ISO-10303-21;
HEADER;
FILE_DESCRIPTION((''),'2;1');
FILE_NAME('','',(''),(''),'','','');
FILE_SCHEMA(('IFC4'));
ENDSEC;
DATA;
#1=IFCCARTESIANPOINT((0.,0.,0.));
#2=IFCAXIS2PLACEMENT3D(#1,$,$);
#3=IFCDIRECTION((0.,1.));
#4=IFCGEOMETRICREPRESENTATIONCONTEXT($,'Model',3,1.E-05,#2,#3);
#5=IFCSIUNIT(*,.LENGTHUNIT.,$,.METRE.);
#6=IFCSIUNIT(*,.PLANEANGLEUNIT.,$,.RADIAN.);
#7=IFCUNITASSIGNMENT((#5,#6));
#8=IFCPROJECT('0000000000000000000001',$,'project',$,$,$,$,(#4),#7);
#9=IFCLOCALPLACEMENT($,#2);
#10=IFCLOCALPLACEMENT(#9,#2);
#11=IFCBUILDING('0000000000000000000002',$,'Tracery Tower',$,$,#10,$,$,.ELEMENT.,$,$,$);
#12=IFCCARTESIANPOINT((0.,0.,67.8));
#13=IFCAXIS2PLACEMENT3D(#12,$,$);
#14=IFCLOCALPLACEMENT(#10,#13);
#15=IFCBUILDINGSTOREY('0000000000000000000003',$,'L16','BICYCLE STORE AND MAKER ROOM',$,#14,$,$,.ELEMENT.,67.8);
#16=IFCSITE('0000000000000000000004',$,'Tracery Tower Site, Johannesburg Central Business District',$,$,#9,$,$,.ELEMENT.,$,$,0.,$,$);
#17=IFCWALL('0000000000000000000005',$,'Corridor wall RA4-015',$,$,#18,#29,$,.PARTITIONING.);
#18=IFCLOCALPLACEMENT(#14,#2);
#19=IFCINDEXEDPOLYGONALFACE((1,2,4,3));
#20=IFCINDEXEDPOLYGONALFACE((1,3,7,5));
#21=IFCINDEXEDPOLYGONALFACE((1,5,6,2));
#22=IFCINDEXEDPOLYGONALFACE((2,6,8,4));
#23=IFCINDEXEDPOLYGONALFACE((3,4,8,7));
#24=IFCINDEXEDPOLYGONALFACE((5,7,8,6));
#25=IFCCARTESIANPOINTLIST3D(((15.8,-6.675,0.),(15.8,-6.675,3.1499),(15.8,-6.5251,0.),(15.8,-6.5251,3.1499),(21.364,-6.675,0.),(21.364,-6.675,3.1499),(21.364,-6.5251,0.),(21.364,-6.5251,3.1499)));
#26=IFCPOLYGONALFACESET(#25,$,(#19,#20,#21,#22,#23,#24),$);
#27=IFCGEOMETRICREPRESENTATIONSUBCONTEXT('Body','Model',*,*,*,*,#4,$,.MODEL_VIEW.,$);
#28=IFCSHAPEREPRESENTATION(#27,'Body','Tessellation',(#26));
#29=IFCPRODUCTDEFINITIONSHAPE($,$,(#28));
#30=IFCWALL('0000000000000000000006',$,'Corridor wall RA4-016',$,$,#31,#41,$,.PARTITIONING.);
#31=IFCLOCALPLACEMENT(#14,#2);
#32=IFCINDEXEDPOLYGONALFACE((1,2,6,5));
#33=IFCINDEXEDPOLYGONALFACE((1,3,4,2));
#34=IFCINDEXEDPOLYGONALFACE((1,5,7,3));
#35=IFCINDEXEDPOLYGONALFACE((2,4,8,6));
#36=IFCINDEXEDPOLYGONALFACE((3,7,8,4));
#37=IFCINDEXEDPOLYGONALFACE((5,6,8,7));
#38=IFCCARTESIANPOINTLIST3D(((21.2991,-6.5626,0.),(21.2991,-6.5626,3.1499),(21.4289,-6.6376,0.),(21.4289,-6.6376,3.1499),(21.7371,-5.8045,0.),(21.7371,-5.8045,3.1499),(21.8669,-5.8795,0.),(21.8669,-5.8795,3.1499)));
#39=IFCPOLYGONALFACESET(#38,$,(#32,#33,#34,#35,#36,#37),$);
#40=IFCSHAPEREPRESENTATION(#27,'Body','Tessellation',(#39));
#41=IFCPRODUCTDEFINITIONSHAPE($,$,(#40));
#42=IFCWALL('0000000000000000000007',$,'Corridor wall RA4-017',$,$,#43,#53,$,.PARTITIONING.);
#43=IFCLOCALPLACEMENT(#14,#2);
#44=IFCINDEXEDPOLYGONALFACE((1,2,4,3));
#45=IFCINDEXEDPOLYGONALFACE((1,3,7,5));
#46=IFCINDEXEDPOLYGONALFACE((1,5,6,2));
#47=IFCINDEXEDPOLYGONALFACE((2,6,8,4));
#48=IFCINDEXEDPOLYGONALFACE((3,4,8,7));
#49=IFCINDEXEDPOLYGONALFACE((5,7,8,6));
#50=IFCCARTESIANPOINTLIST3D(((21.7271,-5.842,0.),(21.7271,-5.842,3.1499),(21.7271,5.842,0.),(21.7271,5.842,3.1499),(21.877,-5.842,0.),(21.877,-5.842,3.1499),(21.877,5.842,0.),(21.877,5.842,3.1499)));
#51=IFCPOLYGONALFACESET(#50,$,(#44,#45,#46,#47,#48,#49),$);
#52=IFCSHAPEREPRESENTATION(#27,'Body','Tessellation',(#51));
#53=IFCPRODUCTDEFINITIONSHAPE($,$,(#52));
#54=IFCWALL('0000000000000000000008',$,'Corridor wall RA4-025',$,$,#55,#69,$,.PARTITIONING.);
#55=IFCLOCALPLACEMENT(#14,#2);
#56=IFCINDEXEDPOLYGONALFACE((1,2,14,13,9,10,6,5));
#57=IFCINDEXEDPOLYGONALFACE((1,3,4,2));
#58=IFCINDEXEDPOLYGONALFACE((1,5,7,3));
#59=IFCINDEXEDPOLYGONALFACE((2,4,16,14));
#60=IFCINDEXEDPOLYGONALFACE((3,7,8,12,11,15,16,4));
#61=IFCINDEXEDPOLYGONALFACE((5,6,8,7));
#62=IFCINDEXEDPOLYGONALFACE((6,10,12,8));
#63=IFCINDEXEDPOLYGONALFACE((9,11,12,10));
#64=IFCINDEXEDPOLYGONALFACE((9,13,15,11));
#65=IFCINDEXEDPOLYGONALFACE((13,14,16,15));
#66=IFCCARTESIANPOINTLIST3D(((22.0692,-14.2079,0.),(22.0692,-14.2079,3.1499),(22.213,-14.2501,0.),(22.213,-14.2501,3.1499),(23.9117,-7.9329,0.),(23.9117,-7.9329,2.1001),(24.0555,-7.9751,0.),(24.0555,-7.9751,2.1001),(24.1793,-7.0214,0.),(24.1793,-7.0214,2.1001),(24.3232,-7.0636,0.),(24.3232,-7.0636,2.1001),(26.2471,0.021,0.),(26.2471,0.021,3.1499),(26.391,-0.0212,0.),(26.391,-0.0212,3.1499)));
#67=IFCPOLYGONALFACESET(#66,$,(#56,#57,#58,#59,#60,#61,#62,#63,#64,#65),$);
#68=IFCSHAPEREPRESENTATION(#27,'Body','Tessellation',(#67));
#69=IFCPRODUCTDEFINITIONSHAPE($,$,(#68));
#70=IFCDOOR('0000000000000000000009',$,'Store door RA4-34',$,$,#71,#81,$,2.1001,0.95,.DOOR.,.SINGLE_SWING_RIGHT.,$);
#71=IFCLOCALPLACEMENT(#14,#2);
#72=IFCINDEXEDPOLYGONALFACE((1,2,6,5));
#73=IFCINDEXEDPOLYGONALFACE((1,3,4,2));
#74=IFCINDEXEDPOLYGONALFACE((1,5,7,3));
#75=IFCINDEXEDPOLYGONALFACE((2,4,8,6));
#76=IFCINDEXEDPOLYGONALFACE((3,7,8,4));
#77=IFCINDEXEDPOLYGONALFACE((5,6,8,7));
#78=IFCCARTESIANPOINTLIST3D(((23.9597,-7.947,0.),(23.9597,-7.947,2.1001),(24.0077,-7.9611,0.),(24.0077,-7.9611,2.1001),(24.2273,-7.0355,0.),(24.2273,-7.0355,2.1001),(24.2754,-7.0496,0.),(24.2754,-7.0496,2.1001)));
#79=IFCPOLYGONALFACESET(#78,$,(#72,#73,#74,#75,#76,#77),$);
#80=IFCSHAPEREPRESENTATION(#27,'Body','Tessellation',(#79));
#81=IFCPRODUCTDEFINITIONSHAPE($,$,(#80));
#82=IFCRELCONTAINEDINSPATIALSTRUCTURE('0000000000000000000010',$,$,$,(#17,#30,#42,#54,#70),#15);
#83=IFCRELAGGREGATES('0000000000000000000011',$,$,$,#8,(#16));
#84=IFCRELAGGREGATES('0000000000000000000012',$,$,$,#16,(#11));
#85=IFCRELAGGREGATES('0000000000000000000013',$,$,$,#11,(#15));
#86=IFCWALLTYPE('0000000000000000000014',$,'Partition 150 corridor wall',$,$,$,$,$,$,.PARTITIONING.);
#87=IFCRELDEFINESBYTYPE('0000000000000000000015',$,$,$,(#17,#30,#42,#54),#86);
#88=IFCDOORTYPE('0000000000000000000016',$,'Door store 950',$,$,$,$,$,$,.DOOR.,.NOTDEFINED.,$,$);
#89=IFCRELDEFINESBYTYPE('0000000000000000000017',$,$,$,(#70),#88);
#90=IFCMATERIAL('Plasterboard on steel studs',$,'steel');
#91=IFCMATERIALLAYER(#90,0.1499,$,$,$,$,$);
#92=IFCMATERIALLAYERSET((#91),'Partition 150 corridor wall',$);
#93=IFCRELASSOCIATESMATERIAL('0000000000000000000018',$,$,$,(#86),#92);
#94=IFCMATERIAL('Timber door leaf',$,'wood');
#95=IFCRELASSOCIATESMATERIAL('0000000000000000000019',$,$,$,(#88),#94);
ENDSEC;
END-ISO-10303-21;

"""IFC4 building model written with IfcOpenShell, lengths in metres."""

from ifc_helpers import new_model, si_unit, direction, frame, frame_2d, origin, place, context, subcontext, project, spatial, rectangle, extrude, material, layer, layer_set, type_object, element, fill, save


model = new_model("IFC4")

# Units and contexts
model_context = context("Model", 3, precision=1e-05, world=origin(), true_north=direction((0.0, 1.0)))
body_context = subcontext(model_context, "Body", "Model", "MODEL_VIEW")
ifc_project = project(units=[si_unit("LENGTHUNIT", "METRE"), si_unit("PLANEANGLEUNIT", "RADIAN")], contexts=[model_context])

# Site, building, storey
site_placement = place(None, origin())
site = spatial("IfcSite", under=ifc_project, at=site_placement, Name="Tracery Tower Site, Johannesburg Central Business District", CompositionType="ELEMENT", RefElevation=0.0)
building_placement = place(site_placement, origin())
building = spatial("IfcBuilding", under=site, at=building_placement, Name="Tracery Tower", CompositionType="ELEMENT")
storey_placement = place(building_placement, frame((0.0, 0.0, 67.8)))
storey = spatial("IfcBuildingStorey", under=building, at=storey_placement, Name="L16", Description="BICYCLE STORE AND MAKER ROOM", CompositionType="ELEMENT", Elevation=67.8)

# Shared definitions
ifc_material_1 = material(Name="Plasterboard on steel studs", Category="steel")
ifc_layer_1 = layer(ifc_material_1, 0.1499)
ifc_layer_set_1 = layer_set([ifc_layer_1], Name="Partition 150 corridor wall")
wall_type_1 = type_object("IfcWallType", Name="Partition 150 corridor wall", PredefinedType="PARTITIONING", material=ifc_layer_set_1)

# Shared definitions
ifc_material_2 = material(Name="Timber door leaf", Category="wood")
door_type_1 = type_object("IfcDoorType", Name="Door store 950", OperationType="NOTDEFINED", PredefinedType="DOOR", material=ifc_material_2)

# Walls
wall_1_placement = place(storey_placement, frame((15.8, -6.6001, 0.0), z_axis=(0.0, 0.0, 1.0), x_axis=(1.0, 0.0, 0.0)))
element("IfcWall", 1, at=wall_1_placement, inside=storey, type_object=wall_type_1, Name="Corridor wall RA4-015", PredefinedType="PARTITIONING", context=body_context, shape_type="SweptSolid", body=[
    extrude(rectangle(XDim=5.564, YDim=0.1499, at=frame_2d((2.782, 0.0))), origin(), (0.0, 0.0, 1.0), 3.1499),
])
wall_2_placement = place(storey_placement, frame((21.364, -6.6001, 0.0), z_axis=(0.0, 0.0, 1.0), x_axis=(0.500278, 0.865865, 0.0)))
element("IfcWall", 2, at=wall_2_placement, inside=storey, type_object=wall_type_1, Name="Corridor wall RA4-016", PredefinedType="PARTITIONING", context=body_context, shape_type="SweptSolid", body=[
    extrude(rectangle(XDim=0.8755, YDim=0.1499, at=frame_2d((0.4377, 0.0))), origin(), (0.0, 0.0, 1.0), 3.1499),
])
wall_3_placement = place(storey_placement, frame((21.802, -5.842, 0.0), z_axis=(0.0, 0.0, 1.0), x_axis=(0.0, 1.0, 0.0)))
element("IfcWall", 3, at=wall_3_placement, inside=storey, type_object=wall_type_1, Name="Corridor wall RA4-017", PredefinedType="PARTITIONING", context=body_context, shape_type="SweptSolid", body=[
    extrude(rectangle(XDim=11.6841, YDim=0.1499, at=frame_2d((5.842, 0.0))), origin(), (0.0, 0.0, 1.0), 3.1499),
])

# Wall, opening, door
wall_4_placement = place(storey_placement, frame((22.1411, -14.229, 0.0), z_axis=(0.0, 0.0, 1.0), x_axis=(0.28173, 0.959494, 0.0)))
wall_4 = element("IfcWall", 4, at=wall_4_placement, inside=storey, type_object=wall_type_1, Name="Corridor wall RA4-025", PredefinedType="PARTITIONING", context=body_context, shape_type="SweptSolid", body=[
    extrude(rectangle(XDim=14.8296, YDim=0.1499, at=frame_2d((7.4148, 0.0))), origin(), (0.0, 0.0, 1.0), 3.1499),
])
opening_1_placement = place(wall_4_placement, frame((6.5398, 0.0, 0.0)))
opening_1 = element("IfcOpeningElement", 5, at=opening_1_placement, cuts=wall_4, PredefinedType="OPENING", context=body_context, shape_type="SweptSolid", body=[
    extrude(rectangle(XDim=0.95, YDim=2.1001, at=frame_2d((0.4751, 1.05))), frame((0.0, 0.075, 0.0), z_axis=(0.0, -1.0, 0.0), x_axis=(1.0, 0.0, 0.0)), (0.0, 0.0, 1.0), 0.1499),
])
door_1_placement = place(opening_1_placement, origin())
door_1 = element("IfcDoor", 6, at=door_1_placement, inside=storey, type_object=door_type_1, Name="Store door RA4-34", OperationType="SINGLE_SWING_RIGHT", OverallHeight=2.1001, OverallWidth=0.95, PredefinedType="DOOR", context=body_context, shape_type="SweptSolid", body=[
    extrude(rectangle(XDim=0.95, YDim=2.1001, at=frame_2d((0.4751, 1.05))), frame((0.0, 0.0249, 0.0), z_axis=(0.0, -1.0, 0.0), x_axis=(1.0, 0.0, 0.0)), (0.0, 0.0, 1.0), 0.05),
])
fill(opening_1, door_1)

save(model, "model.ifc")
